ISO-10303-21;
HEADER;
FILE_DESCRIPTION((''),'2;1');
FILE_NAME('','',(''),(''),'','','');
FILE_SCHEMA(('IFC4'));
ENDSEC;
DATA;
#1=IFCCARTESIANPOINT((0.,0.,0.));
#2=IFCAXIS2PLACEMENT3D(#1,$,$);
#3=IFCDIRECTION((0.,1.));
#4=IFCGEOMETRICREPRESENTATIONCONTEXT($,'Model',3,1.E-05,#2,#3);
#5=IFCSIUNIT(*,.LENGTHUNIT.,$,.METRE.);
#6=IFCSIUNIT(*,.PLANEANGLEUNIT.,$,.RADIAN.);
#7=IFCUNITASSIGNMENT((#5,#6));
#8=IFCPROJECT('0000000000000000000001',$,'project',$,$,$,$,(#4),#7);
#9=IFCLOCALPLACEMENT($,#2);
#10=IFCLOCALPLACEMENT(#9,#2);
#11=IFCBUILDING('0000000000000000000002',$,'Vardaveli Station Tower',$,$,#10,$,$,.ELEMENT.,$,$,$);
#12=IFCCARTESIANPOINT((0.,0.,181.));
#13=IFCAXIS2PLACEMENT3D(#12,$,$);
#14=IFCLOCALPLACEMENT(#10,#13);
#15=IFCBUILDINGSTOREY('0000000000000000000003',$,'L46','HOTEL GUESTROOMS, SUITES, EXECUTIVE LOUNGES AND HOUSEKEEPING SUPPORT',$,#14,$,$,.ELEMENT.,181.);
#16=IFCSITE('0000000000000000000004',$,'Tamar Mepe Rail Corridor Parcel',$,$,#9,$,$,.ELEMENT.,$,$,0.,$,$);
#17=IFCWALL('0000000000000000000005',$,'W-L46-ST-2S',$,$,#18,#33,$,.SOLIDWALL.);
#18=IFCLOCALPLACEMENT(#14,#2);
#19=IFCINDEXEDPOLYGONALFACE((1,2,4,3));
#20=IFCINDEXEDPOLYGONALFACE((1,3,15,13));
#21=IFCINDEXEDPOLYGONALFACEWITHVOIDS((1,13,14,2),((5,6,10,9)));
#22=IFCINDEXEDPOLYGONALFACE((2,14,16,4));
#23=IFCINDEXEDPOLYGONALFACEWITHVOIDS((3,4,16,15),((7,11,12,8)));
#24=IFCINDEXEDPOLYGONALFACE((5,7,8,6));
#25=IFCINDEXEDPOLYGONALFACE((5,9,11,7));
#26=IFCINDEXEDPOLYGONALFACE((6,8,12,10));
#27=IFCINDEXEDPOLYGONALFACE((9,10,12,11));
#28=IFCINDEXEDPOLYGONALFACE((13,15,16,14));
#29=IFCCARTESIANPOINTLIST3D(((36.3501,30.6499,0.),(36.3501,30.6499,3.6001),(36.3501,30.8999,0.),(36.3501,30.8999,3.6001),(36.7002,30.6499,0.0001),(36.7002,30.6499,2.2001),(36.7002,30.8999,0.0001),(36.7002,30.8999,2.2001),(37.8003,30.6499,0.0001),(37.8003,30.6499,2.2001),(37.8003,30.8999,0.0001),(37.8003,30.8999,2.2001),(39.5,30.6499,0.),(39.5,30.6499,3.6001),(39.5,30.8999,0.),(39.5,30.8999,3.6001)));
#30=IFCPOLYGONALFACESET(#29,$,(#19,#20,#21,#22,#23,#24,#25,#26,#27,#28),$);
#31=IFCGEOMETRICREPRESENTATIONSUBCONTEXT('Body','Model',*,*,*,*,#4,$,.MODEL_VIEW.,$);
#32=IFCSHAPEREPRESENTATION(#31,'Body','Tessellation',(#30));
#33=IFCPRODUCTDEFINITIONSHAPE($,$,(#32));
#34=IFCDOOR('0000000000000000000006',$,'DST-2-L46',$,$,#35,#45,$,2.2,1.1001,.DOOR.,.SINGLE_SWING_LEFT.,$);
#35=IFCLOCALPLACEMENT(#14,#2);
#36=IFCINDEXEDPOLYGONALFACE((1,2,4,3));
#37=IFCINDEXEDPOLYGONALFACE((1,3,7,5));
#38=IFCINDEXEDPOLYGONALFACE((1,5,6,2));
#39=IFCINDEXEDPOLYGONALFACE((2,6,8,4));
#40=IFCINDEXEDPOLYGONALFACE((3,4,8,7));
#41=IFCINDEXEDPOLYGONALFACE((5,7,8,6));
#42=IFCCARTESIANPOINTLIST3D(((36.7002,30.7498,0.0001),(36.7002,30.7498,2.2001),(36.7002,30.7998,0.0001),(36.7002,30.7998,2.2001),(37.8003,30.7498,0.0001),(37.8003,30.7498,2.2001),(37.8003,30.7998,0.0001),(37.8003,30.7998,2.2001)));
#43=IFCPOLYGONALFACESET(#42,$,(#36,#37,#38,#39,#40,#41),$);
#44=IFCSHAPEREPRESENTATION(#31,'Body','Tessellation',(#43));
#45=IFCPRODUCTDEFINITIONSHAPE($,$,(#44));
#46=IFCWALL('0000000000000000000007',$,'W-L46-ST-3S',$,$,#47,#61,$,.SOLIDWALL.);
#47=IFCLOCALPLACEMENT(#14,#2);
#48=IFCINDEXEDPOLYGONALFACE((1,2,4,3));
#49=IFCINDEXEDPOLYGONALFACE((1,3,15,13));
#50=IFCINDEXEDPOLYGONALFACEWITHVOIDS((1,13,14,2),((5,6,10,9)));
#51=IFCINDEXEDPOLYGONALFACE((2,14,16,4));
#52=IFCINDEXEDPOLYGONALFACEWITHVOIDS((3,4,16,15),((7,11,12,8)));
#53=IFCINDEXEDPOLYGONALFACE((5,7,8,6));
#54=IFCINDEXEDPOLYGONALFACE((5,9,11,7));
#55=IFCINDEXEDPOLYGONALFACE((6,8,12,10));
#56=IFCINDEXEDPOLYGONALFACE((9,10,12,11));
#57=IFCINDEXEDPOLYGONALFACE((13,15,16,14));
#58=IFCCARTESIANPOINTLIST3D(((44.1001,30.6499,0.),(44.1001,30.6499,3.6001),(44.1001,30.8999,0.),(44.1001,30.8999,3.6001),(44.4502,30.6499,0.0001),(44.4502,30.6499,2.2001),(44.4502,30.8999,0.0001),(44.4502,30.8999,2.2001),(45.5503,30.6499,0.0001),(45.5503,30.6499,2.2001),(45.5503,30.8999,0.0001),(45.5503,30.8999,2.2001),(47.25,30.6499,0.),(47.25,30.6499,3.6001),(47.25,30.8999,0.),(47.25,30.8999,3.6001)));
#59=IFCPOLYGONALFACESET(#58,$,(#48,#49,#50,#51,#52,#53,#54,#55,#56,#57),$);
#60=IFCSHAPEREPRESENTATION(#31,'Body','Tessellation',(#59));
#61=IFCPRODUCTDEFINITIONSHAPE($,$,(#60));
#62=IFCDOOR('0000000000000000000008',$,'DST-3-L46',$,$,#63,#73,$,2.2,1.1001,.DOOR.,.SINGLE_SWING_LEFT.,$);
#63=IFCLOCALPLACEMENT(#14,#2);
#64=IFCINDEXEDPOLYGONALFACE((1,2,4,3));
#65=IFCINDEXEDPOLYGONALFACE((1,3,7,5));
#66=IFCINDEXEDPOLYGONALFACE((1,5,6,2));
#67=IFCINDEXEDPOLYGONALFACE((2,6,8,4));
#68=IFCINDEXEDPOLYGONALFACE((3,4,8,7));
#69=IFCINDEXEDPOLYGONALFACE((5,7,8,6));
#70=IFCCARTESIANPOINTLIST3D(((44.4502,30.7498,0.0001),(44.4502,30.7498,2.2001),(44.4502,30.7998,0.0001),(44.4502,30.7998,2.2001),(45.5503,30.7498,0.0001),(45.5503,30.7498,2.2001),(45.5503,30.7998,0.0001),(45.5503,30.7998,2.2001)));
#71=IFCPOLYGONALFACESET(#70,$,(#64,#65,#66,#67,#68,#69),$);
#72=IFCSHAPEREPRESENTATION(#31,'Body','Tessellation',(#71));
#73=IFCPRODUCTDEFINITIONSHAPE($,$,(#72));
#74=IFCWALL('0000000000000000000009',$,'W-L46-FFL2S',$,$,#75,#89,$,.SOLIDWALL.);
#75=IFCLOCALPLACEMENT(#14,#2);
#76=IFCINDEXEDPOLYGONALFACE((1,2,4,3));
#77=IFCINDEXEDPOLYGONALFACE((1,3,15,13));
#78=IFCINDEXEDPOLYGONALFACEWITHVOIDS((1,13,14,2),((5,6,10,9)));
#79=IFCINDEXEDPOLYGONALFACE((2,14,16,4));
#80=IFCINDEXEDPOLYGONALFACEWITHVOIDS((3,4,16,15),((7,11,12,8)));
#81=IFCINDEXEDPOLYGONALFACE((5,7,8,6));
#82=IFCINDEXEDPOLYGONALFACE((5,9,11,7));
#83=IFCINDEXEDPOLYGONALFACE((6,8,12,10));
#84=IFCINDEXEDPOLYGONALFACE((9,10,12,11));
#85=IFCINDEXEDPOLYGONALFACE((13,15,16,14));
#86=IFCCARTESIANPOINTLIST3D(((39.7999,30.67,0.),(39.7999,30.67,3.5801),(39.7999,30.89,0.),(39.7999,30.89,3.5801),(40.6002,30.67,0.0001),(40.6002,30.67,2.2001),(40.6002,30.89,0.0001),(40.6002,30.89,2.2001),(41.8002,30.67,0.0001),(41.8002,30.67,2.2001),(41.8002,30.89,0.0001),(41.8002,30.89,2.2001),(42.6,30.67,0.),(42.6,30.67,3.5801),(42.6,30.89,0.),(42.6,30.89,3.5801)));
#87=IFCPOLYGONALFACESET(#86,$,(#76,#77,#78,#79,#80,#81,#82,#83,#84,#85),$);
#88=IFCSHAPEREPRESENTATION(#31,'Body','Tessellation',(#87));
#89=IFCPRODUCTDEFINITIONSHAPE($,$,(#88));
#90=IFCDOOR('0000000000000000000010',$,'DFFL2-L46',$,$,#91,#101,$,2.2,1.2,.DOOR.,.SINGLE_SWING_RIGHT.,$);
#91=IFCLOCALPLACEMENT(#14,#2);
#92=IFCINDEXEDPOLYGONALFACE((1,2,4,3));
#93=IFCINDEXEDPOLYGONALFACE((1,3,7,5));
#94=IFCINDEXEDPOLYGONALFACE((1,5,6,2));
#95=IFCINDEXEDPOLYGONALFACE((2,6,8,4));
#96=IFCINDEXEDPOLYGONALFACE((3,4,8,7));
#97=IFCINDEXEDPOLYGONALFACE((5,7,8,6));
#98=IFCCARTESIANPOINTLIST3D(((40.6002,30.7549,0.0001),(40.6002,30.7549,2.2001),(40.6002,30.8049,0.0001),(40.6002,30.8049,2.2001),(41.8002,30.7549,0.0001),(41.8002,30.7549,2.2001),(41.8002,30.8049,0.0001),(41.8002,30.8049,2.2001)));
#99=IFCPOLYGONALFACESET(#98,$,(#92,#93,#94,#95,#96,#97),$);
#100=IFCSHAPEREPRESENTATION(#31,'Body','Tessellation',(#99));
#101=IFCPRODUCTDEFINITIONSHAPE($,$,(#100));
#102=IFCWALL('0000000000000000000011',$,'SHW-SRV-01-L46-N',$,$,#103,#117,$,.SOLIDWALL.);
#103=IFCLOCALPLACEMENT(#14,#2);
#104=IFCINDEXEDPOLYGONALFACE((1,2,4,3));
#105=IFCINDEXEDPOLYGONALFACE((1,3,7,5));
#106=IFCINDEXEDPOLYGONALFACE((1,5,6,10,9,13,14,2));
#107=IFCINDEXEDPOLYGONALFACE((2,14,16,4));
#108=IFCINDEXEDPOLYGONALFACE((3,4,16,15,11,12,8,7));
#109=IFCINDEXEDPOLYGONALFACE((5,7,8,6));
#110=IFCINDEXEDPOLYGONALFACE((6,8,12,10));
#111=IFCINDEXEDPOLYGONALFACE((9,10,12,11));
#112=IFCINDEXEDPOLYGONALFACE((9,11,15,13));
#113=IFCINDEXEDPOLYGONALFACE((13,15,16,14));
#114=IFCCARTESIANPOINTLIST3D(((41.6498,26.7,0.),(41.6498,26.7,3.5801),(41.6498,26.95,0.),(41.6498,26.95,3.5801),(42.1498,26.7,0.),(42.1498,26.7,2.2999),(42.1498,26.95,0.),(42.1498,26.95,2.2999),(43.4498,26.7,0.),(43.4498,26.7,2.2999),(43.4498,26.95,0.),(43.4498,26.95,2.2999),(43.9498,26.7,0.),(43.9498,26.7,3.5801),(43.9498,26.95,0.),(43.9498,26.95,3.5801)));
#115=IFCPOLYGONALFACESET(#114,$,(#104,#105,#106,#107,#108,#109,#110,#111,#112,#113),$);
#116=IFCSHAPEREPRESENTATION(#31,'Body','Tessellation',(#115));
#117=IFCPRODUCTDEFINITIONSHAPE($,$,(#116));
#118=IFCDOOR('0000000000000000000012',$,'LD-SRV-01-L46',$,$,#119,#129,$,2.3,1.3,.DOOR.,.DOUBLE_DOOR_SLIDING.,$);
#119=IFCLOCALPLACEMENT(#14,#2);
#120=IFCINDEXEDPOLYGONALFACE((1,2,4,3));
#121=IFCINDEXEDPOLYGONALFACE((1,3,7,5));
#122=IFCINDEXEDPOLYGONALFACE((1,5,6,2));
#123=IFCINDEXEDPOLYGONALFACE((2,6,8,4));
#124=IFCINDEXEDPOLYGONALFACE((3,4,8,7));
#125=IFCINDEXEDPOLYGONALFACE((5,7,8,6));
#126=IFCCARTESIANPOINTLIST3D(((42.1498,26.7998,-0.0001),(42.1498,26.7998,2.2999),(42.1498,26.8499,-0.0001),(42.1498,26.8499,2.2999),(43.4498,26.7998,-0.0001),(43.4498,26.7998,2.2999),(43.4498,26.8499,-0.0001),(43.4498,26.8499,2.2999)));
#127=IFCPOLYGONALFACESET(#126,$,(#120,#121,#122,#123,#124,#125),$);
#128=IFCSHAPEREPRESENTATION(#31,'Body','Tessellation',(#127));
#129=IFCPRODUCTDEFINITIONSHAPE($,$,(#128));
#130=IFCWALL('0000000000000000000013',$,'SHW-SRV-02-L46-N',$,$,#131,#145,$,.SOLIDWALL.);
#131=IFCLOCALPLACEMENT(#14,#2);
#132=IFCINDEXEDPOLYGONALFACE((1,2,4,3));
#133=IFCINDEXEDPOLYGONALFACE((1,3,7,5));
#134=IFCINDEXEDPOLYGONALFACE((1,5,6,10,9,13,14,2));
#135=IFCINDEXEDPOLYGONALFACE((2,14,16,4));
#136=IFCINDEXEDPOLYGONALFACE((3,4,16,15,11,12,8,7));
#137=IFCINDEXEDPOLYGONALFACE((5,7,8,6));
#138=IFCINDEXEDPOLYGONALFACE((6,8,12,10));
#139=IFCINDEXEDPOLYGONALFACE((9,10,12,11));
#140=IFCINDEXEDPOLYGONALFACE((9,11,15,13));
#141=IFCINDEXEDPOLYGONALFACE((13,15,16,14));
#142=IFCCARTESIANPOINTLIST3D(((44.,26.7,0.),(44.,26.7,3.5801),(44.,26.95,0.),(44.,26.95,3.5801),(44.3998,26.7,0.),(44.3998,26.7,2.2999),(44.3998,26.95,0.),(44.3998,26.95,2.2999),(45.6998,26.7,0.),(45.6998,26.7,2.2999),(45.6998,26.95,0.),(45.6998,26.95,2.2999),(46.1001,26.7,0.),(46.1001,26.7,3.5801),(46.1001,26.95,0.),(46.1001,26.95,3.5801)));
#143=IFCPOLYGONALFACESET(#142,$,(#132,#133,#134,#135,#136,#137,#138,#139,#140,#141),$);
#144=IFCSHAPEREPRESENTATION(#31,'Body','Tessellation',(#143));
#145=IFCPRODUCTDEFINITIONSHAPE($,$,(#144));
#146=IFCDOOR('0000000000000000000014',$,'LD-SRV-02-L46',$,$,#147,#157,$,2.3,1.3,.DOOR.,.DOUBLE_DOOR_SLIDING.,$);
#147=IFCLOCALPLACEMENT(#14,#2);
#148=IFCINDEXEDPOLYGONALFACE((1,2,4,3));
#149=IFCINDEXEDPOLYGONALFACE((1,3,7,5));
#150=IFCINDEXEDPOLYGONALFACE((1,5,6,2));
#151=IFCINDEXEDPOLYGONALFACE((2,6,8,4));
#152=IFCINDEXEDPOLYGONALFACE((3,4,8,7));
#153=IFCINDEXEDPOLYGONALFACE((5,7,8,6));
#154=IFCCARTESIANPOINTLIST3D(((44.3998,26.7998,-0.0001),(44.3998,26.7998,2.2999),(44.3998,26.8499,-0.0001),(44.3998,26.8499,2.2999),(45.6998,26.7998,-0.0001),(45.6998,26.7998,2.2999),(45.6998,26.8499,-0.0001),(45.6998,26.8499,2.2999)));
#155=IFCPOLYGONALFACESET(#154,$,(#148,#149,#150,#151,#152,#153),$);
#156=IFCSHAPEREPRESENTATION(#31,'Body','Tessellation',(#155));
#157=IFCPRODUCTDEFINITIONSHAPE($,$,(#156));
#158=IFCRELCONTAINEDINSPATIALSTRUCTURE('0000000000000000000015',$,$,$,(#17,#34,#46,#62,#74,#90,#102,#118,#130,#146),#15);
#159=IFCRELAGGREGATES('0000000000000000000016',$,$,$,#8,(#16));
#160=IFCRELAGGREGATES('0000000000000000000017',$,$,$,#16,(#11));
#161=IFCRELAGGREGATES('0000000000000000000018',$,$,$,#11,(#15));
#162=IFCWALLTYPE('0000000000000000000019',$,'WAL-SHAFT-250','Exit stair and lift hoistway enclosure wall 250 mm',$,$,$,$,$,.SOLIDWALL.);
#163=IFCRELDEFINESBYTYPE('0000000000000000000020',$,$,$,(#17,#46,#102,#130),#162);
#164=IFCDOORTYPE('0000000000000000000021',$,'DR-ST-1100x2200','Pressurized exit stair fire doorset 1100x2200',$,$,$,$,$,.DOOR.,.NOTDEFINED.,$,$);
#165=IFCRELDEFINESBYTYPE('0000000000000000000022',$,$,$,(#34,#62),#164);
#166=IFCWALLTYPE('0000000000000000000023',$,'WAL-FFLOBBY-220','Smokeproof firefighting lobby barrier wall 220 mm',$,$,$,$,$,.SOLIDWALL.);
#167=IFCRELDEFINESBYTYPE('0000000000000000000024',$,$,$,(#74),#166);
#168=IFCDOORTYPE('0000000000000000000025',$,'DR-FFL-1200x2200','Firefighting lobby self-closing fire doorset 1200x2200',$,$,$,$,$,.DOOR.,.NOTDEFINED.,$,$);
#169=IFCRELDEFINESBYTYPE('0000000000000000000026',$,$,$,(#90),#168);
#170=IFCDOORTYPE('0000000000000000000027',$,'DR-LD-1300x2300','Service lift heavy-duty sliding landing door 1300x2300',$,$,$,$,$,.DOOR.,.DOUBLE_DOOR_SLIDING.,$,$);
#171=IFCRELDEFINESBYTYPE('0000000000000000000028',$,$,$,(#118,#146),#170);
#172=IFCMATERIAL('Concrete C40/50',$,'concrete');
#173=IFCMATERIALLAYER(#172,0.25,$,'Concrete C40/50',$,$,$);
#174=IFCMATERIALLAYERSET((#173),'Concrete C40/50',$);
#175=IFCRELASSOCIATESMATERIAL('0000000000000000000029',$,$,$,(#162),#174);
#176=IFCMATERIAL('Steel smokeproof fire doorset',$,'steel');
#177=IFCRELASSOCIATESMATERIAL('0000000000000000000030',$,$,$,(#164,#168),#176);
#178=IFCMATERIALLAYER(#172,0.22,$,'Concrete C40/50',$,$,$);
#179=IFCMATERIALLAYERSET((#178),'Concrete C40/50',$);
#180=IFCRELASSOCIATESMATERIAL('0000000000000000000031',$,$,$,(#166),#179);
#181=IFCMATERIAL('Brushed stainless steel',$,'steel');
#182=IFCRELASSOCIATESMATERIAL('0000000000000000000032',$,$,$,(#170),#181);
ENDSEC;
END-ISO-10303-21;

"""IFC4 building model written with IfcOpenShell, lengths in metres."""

from ifc_helpers import new_model, si_unit, direction, frame, frame_2d, origin, place, context, subcontext, project, spatial, rectangle, extrude, source, transform, mapped, material, layer, layer_set, type_object, element, fill, save


model = new_model("IFC4")

# Units and contexts
model_context = context("Model", 3, precision=1e-05, world=origin(), true_north=direction((0.0, 1.0)))
body_context = subcontext(model_context, "Body", "Model", "MODEL_VIEW")
ifc_project = project(units=[si_unit("LENGTHUNIT", "METRE"), si_unit("PLANEANGLEUNIT", "RADIAN")], contexts=[model_context])

# Site, building, storey
site_placement = place(None, origin())
site = spatial("IfcSite", under=ifc_project, at=site_placement, Name="Tamar Mepe Rail Corridor Parcel", CompositionType="ELEMENT", RefElevation=0.0)
building_placement = place(site_placement, origin())
building = spatial("IfcBuilding", under=site, at=building_placement, Name="Vardaveli Station Tower", CompositionType="ELEMENT")
storey_placement = place(building_placement, frame((0.0, 0.0, 181.0)))
storey = spatial("IfcBuildingStorey", under=building, at=storey_placement, Name="L46", Description="HOTEL GUESTROOMS, SUITES, EXECUTIVE LOUNGES AND HOUSEKEEPING SUPPORT", CompositionType="ELEMENT", Elevation=181.0)

# Shared definitions
ifc_material_1 = material(Name="Concrete C40/50", Category="concrete")
ifc_layer_1 = layer(ifc_material_1, 0.25, Name="Concrete C40/50")
ifc_layer_set_1 = layer_set([ifc_layer_1], Name="Concrete C40/50")
wall_type_1 = type_object("IfcWallType", Name="WAL-SHAFT-250", Description="Exit stair and lift hoistway enclosure wall 250 mm", PredefinedType="SOLIDWALL", material=ifc_layer_set_1)

# Walls, openings, doors
shared_shape_1 = source(origin(), body_context, "Body", "SweptSolid", [
    extrude(rectangle(XDim=3.1499, YDim=0.25, at=frame_2d((1.575, 0.0))), origin(), (0.0, 0.0, 1.0), 3.6001),
])
wall_1_placement = place(storey_placement, frame((36.3501, 30.7749, 0.0), z_axis=(0.0, 0.0, 1.0), x_axis=(1.0, 0.0, 0.0)))
wall_1 = element("IfcWall", 1, at=wall_1_placement, inside=storey, type_object=wall_type_1, Name="W-L46-ST-2S", PredefinedType="SOLIDWALL", context=body_context, shape_type="MappedRepresentation", body=[
    mapped(shared_shape_1, transform((0.0, 0.0, 0.0), scale=1.0)),
])
shared_shape_2 = source(origin(), body_context, "Body", "SweptSolid", [
    extrude(rectangle(XDim=1.1001, YDim=2.2, at=frame_2d((0.55, 1.1001))), frame((0.0, 0.135, 0.0), z_axis=(0.0, -1.0, 0.0), x_axis=(1.0, 0.0, 0.0)), (0.0, 0.0, 1.0), 0.27),
])
opening_1_placement = place(wall_1_placement, frame((0.3501, 0.0, 0.0)))
opening_1 = element("IfcOpeningElement", 2, at=opening_1_placement, cuts=wall_1, PredefinedType="OPENING", context=body_context, shape_type="MappedRepresentation", body=[
    mapped(shared_shape_2, transform((0.0, 0.0, 0.0), scale=1.0)),
])
ifc_material_2 = material(Name="Steel smokeproof fire doorset", Category="steel")
door_type_1 = type_object("IfcDoorType", Name="DR-ST-1100x2200", Description="Pressurized exit stair fire doorset 1100x2200", OperationType="NOTDEFINED", PredefinedType="DOOR", material=ifc_material_2)
shared_shape_3 = source(origin(), body_context, "Body", "SweptSolid", [
    extrude(rectangle(XDim=1.1001, YDim=2.2, at=frame_2d((0.55, 1.1001))), frame((0.0, 0.0249, 0.0), z_axis=(0.0, -1.0, 0.0), x_axis=(1.0, 0.0, 0.0)), (0.0, 0.0, 1.0), 0.05),
])
door_1_placement = place(opening_1_placement, origin())
door_1 = element("IfcDoor", 3, at=door_1_placement, inside=storey, type_object=door_type_1, Name="DST-2-L46", OperationType="SINGLE_SWING_LEFT", OverallHeight=2.2, OverallWidth=1.1001, PredefinedType="DOOR", context=body_context, shape_type="MappedRepresentation", body=[
    mapped(shared_shape_3, transform((0.0, 0.0, 0.0), scale=1.0)),
])
fill(opening_1, door_1)
wall_2_placement = place(storey_placement, frame((44.1001, 30.7749, 0.0), z_axis=(0.0, 0.0, 1.0), x_axis=(1.0, 0.0, 0.0)))
wall_2 = element("IfcWall", 4, at=wall_2_placement, inside=storey, type_object=wall_type_1, Name="W-L46-ST-3S", PredefinedType="SOLIDWALL", context=body_context, shape_type="MappedRepresentation", body=[
    mapped(shared_shape_1, transform((0.0, 0.0, 0.0), scale=1.0)),
])
opening_2_placement = place(wall_2_placement, frame((0.3501, 0.0, 0.0)))
opening_2 = element("IfcOpeningElement", 5, at=opening_2_placement, cuts=wall_2, PredefinedType="OPENING", context=body_context, shape_type="MappedRepresentation", body=[
    mapped(shared_shape_2, transform((0.0, 0.0, 0.0), scale=1.0)),
])
door_2_placement = place(opening_2_placement, origin())
door_2 = element("IfcDoor", 6, at=door_2_placement, inside=storey, type_object=door_type_1, Name="DST-3-L46", OperationType="SINGLE_SWING_LEFT", OverallHeight=2.2, OverallWidth=1.1001, PredefinedType="DOOR", context=body_context, shape_type="MappedRepresentation", body=[
    mapped(shared_shape_3, transform((0.0, 0.0, 0.0), scale=1.0)),
])
fill(opening_2, door_2)
ifc_layer_2 = layer(ifc_material_1, 0.22, Name="Concrete C40/50")
ifc_layer_set_2 = layer_set([ifc_layer_2], Name="Concrete C40/50")
wall_type_2 = type_object("IfcWallType", Name="WAL-FFLOBBY-220", Description="Smokeproof firefighting lobby barrier wall 220 mm", PredefinedType="SOLIDWALL", material=ifc_layer_set_2)
shared_shape_4 = source(origin(), body_context, "Body", "SweptSolid", [
    extrude(rectangle(XDim=2.8, YDim=0.22, at=frame_2d((1.3999, 0.0))), origin(), (0.0, 0.0, 1.0), 3.5801),
])
wall_3_placement = place(storey_placement, frame((39.8, 30.78, 0.0), z_axis=(0.0, 0.0, 1.0), x_axis=(1.0, 0.0, 0.0)))
wall_3 = element("IfcWall", 7, at=wall_3_placement, inside=storey, type_object=wall_type_2, Name="W-L46-FFL2S", PredefinedType="SOLIDWALL", context=body_context, shape_type="MappedRepresentation", body=[
    mapped(shared_shape_4, transform((0.0, 0.0, 0.0), scale=1.0)),
])
shared_shape_5 = source(origin(), body_context, "Body", "SweptSolid", [
    extrude(rectangle(XDim=1.2, YDim=2.2, at=frame_2d((0.6001, 1.1001))), frame((0.0, 0.1201, 0.0), z_axis=(0.0, -1.0, 0.0), x_axis=(1.0, 0.0, 0.0)), (0.0, 0.0, 1.0), 0.24),
])
opening_3_placement = place(wall_3_placement, frame((0.8, 0.0, 0.0)))
opening_3 = element("IfcOpeningElement", 8, at=opening_3_placement, cuts=wall_3, PredefinedType="OPENING", context=body_context, shape_type="MappedRepresentation", body=[
    mapped(shared_shape_5, transform((0.0, 0.0, 0.0), scale=1.0)),
])
door_type_2 = type_object("IfcDoorType", Name="DR-FFL-1200x2200", Description="Firefighting lobby self-closing fire doorset 1200x2200", OperationType="NOTDEFINED", PredefinedType="DOOR", material=ifc_material_2)
shared_shape_6 = source(origin(), body_context, "Body", "SweptSolid", [
    extrude(rectangle(XDim=1.2, YDim=2.2, at=frame_2d((0.6001, 1.1001))), frame((0.0, 0.0249, 0.0), z_axis=(0.0, -1.0, 0.0), x_axis=(1.0, 0.0, 0.0)), (0.0, 0.0, 1.0), 0.05),
])
door_3_placement = place(opening_3_placement, origin())
door_3 = element("IfcDoor", 9, at=door_3_placement, inside=storey, type_object=door_type_2, Name="DFFL2-L46", OperationType="SINGLE_SWING_RIGHT", OverallHeight=2.2, OverallWidth=1.2, PredefinedType="DOOR", context=body_context, shape_type="MappedRepresentation", body=[
    mapped(shared_shape_6, transform((0.0, 0.0, 0.0), scale=1.0)),
])
fill(opening_3, door_3)
shared_shape_7 = source(origin(), body_context, "Body", "SweptSolid", [
    extrude(rectangle(XDim=2.3, YDim=0.25, at=frame_2d((1.1499, 0.0))), origin(), (0.0, 0.0, 1.0), 3.5801),
])
wall_4_placement = place(storey_placement, frame((41.6499, 26.825, 0.0), z_axis=(0.0, 0.0, 1.0), x_axis=(1.0, 0.0, 0.0)))
wall_4 = element("IfcWall", 10, at=wall_4_placement, inside=storey, type_object=wall_type_1, Name="SHW-SRV-01-L46-N", PredefinedType="SOLIDWALL", context=body_context, shape_type="MappedRepresentation", body=[
    mapped(shared_shape_7, transform((0.0, 0.0, 0.0), scale=1.0)),
])
shared_shape_8 = source(origin(), body_context, "Body", "SweptSolid", [
    extrude(rectangle(XDim=1.3, YDim=2.3, at=frame_2d((0.6499, 1.1499))), frame((0.0, 0.135, 0.0), z_axis=(0.0, -1.0, 0.0), x_axis=(1.0, 0.0, 0.0)), (0.0, 0.0, 1.0), 0.27),
])
opening_4_placement = place(wall_4_placement, frame((0.5, 0.0, 0.0)))
opening_4 = element("IfcOpeningElement", 11, at=opening_4_placement, cuts=wall_4, PredefinedType="OPENING", context=body_context, shape_type="MappedRepresentation", body=[
    mapped(shared_shape_8, transform((0.0, 0.0, 0.0), scale=1.0)),
])
ifc_material_3 = material(Name="Brushed stainless steel", Category="steel")
door_type_3 = type_object("IfcDoorType", Name="DR-LD-1300x2300", Description="Service lift heavy-duty sliding landing door 1300x2300", OperationType="DOUBLE_DOOR_SLIDING", PredefinedType="DOOR", material=ifc_material_3)
shared_shape_9 = source(origin(), body_context, "Body", "SweptSolid", [
    extrude(rectangle(XDim=1.3, YDim=2.3, at=frame_2d((0.6499, 1.1499))), frame((0.0, 0.0249, 0.0), z_axis=(0.0, -1.0, 0.0), x_axis=(1.0, 0.0, 0.0)), (0.0, 0.0, 1.0), 0.05),
])
door_4_placement = place(opening_4_placement, origin())
door_4 = element("IfcDoor", 12, at=door_4_placement, inside=storey, type_object=door_type_3, Name="LD-SRV-01-L46", OperationType="DOUBLE_DOOR_SLIDING", OverallHeight=2.3, OverallWidth=1.3, PredefinedType="DOOR", context=body_context, shape_type="MappedRepresentation", body=[
    mapped(shared_shape_9, transform((0.0, 0.0, 0.0), scale=1.0)),
])
fill(opening_4, door_4)
shared_shape_10 = source(origin(), body_context, "Body", "SweptSolid", [
    extrude(rectangle(XDim=2.1001, YDim=0.25, at=frame_2d((1.05, 0.0))), origin(), (0.0, 0.0, 1.0), 3.5801),
])
wall_5_placement = place(storey_placement, frame((44.0, 26.825, 0.0), z_axis=(0.0, 0.0, 1.0), x_axis=(1.0, 0.0, 0.0)))
wall_5 = element("IfcWall", 13, at=wall_5_placement, inside=storey, type_object=wall_type_1, Name="SHW-SRV-02-L46-N", PredefinedType="SOLIDWALL", context=body_context, shape_type="MappedRepresentation", body=[
    mapped(shared_shape_10, transform((0.0, 0.0, 0.0), scale=1.0)),
])
opening_5_placement = place(wall_5_placement, frame((0.3999, 0.0, 0.0)))
opening_5 = element("IfcOpeningElement", 14, at=opening_5_placement, cuts=wall_5, PredefinedType="OPENING", context=body_context, shape_type="MappedRepresentation", body=[
    mapped(shared_shape_8, transform((0.0, 0.0, 0.0), scale=1.0)),
])
door_5_placement = place(opening_5_placement, origin())
door_5 = element("IfcDoor", 15, at=door_5_placement, inside=storey, type_object=door_type_3, Name="LD-SRV-02-L46", OperationType="DOUBLE_DOOR_SLIDING", OverallHeight=2.3, OverallWidth=1.3, PredefinedType="DOOR", context=body_context, shape_type="MappedRepresentation", body=[
    mapped(shared_shape_9, transform((0.0, 0.0, 0.0), scale=1.0)),
])
fill(opening_5, door_5)

save(model, "model.ifc")
